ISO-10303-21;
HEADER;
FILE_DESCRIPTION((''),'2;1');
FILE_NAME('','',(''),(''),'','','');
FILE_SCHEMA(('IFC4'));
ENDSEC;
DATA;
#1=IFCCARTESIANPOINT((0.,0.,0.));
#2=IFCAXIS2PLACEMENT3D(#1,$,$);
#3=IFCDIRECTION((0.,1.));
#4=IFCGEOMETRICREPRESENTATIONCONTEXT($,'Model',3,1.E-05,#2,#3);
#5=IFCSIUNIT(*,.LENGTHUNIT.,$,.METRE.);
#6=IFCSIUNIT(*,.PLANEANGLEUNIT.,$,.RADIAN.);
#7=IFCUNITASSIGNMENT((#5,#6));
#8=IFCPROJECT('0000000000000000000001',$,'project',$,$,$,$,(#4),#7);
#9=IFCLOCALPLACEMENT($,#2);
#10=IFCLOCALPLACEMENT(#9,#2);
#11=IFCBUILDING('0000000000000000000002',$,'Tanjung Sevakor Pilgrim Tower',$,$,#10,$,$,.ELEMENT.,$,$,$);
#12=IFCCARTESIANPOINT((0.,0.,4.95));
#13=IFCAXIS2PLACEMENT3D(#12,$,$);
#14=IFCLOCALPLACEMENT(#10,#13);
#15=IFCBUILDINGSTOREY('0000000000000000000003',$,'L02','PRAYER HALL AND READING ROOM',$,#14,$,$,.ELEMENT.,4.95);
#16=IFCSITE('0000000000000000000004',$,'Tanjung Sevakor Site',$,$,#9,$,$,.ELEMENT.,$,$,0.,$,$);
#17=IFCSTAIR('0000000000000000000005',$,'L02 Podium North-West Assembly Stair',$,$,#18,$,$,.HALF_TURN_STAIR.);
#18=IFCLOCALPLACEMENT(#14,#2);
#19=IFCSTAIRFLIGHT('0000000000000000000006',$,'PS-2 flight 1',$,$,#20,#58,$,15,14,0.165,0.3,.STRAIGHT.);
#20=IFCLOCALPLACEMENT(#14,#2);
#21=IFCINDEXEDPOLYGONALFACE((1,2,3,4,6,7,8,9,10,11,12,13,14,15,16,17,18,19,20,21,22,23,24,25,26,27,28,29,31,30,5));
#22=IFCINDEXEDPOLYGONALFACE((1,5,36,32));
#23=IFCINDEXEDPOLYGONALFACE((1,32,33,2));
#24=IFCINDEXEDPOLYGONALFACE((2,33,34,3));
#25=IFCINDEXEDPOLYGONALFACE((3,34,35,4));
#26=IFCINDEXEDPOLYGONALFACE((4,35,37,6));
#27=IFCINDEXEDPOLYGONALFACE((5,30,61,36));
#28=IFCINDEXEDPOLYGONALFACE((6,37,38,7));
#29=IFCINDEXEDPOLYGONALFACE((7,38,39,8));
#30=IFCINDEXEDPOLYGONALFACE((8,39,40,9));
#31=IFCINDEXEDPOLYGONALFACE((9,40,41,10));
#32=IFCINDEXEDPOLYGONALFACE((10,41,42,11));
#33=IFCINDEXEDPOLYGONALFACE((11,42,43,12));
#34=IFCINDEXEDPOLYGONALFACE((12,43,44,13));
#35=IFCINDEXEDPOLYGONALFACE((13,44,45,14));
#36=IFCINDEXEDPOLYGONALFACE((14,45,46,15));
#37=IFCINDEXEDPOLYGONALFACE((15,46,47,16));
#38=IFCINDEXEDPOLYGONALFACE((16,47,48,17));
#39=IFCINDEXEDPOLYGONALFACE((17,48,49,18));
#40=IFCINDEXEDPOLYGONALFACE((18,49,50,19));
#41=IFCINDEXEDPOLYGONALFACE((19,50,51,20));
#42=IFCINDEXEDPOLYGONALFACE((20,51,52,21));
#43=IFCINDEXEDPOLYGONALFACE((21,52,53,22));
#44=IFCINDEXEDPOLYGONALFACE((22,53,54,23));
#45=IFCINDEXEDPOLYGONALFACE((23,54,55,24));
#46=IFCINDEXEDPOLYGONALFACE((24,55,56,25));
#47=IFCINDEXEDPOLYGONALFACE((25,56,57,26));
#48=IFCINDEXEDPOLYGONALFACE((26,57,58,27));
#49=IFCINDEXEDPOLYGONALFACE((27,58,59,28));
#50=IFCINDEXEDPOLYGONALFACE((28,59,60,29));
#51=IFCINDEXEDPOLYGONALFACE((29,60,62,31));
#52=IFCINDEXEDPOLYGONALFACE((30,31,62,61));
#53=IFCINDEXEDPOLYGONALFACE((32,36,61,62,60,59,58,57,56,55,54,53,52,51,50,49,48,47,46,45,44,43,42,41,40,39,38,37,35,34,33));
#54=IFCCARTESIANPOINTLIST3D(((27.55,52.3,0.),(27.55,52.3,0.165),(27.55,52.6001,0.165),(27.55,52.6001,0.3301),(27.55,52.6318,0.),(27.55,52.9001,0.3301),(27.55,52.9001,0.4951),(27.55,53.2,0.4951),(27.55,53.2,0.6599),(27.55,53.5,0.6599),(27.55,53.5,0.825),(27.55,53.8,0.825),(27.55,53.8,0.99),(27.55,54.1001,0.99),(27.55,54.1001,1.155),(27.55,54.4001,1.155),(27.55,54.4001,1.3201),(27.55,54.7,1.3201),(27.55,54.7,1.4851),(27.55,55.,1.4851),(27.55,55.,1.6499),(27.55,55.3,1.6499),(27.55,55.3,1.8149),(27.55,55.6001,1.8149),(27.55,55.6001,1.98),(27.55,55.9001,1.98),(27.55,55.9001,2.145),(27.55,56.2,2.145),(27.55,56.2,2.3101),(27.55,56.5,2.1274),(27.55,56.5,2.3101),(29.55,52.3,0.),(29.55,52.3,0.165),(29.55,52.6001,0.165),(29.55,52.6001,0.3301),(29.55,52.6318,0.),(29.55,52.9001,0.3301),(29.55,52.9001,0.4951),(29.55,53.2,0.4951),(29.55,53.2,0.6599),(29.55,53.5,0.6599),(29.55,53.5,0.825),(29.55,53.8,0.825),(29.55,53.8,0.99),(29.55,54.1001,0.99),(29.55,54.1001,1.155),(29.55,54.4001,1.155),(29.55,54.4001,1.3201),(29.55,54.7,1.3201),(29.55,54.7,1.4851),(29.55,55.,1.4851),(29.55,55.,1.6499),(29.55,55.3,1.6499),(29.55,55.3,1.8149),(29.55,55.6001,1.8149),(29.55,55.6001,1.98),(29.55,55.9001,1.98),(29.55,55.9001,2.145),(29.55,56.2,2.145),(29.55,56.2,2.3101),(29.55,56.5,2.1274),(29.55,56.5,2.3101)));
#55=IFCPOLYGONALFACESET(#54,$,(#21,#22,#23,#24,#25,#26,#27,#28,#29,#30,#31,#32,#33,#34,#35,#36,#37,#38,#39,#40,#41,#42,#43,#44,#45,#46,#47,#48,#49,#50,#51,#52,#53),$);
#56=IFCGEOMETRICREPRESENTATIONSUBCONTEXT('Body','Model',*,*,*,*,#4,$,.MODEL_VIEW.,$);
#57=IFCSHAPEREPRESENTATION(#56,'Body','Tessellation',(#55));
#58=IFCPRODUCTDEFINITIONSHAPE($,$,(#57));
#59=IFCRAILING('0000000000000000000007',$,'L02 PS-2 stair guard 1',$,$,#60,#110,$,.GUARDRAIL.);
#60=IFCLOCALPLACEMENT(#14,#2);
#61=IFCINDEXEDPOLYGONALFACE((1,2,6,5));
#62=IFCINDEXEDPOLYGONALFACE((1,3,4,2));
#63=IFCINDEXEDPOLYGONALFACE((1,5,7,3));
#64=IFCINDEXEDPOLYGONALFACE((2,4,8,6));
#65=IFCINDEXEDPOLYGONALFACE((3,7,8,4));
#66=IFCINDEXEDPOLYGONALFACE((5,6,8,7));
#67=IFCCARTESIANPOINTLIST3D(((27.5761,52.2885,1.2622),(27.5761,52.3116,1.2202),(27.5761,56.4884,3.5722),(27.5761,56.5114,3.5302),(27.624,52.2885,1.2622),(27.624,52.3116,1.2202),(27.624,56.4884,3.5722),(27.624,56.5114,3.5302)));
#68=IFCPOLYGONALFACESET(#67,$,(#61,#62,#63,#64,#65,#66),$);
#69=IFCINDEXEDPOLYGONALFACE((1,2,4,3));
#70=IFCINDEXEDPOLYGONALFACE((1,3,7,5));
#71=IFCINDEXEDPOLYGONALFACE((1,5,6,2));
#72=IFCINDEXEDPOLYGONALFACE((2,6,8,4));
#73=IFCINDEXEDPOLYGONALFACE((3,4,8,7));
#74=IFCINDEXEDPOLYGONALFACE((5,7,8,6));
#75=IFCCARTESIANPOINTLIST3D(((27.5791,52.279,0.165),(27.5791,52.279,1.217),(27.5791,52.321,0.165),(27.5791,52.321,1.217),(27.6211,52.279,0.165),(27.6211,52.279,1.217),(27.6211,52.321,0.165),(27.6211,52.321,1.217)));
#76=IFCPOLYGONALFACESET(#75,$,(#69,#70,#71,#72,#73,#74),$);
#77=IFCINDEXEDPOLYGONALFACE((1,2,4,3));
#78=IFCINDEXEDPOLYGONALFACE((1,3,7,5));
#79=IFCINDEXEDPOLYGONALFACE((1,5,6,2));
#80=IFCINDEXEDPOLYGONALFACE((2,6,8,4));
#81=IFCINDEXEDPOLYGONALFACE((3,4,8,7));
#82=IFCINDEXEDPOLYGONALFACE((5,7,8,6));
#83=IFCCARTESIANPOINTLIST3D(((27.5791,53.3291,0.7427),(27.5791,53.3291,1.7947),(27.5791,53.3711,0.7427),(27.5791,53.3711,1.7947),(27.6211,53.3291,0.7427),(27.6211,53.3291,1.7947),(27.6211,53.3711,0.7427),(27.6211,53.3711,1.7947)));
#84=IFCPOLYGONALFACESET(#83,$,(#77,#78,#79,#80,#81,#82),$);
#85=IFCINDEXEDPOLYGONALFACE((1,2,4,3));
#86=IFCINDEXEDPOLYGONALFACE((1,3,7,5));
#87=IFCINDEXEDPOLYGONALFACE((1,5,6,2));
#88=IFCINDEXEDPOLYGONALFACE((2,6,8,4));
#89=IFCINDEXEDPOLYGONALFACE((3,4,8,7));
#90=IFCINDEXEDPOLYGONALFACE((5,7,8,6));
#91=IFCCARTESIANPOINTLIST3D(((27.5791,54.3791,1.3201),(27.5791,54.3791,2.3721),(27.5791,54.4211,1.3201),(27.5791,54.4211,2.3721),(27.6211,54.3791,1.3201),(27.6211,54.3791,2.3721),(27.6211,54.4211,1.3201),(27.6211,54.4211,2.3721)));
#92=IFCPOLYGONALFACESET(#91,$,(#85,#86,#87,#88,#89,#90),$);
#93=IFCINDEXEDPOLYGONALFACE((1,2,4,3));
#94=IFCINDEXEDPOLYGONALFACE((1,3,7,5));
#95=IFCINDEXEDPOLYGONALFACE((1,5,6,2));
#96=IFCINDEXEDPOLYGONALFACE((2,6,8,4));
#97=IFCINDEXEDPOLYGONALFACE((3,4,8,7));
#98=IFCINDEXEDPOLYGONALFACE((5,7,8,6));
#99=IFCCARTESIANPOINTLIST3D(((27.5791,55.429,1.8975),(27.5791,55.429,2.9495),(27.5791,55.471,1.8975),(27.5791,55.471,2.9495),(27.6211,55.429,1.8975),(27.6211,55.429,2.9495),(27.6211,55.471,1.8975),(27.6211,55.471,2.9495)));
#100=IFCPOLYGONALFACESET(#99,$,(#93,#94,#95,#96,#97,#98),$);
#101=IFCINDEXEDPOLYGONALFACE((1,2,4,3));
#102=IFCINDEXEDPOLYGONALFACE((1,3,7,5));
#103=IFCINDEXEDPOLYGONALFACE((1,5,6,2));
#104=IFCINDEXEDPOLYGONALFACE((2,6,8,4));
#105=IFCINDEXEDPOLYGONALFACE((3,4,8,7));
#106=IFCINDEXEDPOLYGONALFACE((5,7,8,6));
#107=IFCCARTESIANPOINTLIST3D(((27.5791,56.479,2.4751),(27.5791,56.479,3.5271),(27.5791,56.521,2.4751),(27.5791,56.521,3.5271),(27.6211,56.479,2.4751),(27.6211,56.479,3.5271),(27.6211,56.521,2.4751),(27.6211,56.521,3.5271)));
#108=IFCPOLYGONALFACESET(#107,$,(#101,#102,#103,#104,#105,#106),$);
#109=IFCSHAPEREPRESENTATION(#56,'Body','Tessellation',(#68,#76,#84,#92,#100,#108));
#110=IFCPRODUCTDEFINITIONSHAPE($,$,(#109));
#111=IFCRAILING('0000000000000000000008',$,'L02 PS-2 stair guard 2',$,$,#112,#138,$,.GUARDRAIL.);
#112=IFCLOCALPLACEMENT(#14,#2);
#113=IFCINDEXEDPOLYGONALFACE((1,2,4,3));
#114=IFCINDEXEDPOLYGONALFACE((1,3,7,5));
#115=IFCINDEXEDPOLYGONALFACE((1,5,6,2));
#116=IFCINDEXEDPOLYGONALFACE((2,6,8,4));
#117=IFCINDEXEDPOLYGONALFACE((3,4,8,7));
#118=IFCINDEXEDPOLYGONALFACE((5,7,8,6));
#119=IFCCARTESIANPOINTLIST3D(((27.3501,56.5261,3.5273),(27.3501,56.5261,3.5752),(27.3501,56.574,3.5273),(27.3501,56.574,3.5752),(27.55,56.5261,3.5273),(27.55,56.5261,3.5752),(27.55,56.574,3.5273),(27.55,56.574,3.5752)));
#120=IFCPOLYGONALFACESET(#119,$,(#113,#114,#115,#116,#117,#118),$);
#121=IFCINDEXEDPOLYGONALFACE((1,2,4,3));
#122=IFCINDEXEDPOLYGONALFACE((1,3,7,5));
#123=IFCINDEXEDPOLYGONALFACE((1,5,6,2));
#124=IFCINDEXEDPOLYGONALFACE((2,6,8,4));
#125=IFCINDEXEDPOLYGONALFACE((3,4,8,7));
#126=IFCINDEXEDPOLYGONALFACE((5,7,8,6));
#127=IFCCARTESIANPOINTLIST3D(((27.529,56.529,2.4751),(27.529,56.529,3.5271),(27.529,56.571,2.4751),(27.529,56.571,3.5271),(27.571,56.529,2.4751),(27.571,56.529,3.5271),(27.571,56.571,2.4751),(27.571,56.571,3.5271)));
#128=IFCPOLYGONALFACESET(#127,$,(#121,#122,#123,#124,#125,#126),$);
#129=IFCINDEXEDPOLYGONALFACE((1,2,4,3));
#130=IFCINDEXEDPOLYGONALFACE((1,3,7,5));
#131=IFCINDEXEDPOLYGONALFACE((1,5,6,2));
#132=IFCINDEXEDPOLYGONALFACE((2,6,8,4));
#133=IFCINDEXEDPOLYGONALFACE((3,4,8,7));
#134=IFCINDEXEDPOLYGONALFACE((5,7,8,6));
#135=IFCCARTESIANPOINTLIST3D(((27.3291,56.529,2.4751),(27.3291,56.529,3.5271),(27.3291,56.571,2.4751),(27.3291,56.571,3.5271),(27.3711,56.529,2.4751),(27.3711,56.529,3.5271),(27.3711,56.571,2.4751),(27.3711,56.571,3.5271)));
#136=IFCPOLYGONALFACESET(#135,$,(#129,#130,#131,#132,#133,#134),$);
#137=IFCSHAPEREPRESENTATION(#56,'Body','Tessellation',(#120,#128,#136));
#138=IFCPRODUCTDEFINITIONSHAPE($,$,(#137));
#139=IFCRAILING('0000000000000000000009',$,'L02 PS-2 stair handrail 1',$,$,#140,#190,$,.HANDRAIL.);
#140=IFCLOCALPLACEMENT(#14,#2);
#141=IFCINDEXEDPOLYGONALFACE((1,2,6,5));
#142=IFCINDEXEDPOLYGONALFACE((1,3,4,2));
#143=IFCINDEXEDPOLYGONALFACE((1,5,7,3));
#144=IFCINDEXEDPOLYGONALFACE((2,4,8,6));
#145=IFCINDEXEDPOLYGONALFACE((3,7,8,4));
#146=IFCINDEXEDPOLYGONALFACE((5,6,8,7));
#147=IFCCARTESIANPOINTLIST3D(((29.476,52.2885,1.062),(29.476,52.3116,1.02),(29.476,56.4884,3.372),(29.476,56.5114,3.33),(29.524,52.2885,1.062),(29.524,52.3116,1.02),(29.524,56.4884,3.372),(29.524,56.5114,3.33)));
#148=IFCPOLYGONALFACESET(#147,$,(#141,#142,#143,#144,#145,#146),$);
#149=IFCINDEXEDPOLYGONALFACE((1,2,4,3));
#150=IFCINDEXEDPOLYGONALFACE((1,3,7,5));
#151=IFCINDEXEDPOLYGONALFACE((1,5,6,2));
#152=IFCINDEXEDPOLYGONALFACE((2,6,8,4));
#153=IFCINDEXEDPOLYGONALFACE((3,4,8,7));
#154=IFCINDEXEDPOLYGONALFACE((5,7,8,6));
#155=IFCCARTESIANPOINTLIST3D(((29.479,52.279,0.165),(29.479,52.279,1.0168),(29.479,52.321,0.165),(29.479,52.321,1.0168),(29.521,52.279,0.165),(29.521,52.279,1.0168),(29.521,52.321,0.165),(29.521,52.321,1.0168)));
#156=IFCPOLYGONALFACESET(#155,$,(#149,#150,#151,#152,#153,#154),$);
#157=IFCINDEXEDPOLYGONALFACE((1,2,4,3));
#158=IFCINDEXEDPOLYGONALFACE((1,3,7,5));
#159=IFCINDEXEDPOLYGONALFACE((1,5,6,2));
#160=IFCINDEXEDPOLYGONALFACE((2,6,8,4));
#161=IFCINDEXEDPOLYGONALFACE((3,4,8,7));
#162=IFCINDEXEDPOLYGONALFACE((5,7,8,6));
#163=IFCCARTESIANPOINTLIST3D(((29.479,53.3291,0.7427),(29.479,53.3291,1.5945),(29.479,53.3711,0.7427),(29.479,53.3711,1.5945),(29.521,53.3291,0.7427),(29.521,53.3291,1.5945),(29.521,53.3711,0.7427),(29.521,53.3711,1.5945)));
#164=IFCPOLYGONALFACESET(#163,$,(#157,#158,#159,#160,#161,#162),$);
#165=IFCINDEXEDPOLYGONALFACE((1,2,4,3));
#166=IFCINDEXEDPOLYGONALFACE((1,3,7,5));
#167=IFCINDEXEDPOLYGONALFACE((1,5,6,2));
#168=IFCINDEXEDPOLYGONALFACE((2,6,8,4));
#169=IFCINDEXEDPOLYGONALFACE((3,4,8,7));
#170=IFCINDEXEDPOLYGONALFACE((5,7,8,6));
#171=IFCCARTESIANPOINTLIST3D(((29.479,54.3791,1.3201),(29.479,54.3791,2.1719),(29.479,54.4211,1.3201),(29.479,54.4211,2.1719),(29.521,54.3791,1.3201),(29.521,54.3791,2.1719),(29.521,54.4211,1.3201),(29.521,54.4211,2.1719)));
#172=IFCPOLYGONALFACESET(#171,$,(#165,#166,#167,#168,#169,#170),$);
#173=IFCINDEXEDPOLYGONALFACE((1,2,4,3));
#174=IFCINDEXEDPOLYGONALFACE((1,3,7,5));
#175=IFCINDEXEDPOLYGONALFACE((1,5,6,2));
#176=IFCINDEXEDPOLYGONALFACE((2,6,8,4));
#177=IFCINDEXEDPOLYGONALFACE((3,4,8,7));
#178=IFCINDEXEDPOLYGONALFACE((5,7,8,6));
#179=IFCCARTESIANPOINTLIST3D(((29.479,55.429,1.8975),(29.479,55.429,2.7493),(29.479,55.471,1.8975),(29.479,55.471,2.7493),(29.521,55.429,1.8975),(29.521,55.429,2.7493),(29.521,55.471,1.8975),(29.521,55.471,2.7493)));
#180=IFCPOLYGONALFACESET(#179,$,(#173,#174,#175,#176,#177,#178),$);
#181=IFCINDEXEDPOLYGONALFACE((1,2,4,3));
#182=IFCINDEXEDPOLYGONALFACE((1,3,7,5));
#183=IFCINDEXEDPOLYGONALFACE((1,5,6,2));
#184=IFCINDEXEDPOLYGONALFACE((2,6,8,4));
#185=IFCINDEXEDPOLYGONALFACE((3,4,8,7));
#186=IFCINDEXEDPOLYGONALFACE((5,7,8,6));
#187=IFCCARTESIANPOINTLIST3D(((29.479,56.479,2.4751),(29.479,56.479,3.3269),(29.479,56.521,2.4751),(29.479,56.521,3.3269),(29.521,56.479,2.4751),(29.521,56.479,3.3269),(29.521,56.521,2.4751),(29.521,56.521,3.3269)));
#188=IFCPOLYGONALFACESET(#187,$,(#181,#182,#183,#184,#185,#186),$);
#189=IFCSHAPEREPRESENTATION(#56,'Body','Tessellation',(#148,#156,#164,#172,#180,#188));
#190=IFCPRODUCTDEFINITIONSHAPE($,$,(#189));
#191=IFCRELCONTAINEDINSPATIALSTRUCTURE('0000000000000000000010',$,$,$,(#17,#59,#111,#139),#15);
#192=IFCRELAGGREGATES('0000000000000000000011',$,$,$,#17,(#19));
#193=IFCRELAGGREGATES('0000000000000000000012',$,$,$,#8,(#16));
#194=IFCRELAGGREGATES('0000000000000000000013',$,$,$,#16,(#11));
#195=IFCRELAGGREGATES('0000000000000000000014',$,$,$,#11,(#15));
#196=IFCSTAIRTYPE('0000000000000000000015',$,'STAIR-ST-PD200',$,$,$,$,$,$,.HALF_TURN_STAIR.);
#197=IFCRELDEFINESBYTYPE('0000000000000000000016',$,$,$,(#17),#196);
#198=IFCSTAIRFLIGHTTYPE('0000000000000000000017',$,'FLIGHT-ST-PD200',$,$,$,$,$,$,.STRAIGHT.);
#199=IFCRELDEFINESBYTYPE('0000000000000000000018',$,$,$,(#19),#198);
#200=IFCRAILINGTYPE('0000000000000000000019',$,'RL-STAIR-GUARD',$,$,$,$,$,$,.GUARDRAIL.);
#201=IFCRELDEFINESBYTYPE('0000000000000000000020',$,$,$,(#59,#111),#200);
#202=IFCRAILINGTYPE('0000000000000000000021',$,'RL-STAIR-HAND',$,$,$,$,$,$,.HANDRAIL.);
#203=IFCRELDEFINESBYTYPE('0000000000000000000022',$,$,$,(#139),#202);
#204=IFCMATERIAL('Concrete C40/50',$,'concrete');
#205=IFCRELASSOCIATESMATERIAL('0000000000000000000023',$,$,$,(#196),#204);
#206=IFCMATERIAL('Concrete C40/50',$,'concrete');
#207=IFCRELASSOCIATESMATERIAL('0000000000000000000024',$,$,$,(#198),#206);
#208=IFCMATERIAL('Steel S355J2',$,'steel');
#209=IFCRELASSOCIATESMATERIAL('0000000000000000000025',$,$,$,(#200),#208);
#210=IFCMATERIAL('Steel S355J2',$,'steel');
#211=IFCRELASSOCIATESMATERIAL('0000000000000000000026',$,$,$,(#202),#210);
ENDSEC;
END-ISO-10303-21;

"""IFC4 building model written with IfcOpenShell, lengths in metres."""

from ifc_helpers import new_model, si_unit, direction, frame, origin, place, context, subcontext, project, spatial, polyline, rectangle, outline, extrude, material, type_object, element, aggregate, save


model = new_model("IFC4")

# Units and contexts
model_context = context("Model", 3, precision=1e-05, world=origin(), true_north=direction((0.0, 1.0)))
body_context = subcontext(model_context, "Body", "Model", "MODEL_VIEW")
ifc_project = project(units=[si_unit("LENGTHUNIT", "METRE"), si_unit("PLANEANGLEUNIT", "RADIAN")], contexts=[model_context])

# Site, building, storey
site_placement = place(None, origin())
site = spatial("IfcSite", under=ifc_project, at=site_placement, Name="Tanjung Sevakor Site", CompositionType="ELEMENT", RefElevation=0.0)
building_placement = place(site_placement, origin())
building = spatial("IfcBuilding", under=site, at=building_placement, Name="Tanjung Sevakor Pilgrim Tower", CompositionType="ELEMENT")
storey_placement = place(building_placement, frame((0.0, 0.0, 4.95)))
storey = spatial("IfcBuildingStorey", under=building, at=storey_placement, Name="L02", Description="PRAYER HALL AND READING ROOM", CompositionType="ELEMENT", Elevation=4.95)

# Stair, stair flight
ifc_material_1 = material(Name="Concrete C40/50", Category="concrete")
stair_type = type_object("IfcStairType", Name="STAIR-ST-PD200", PredefinedType="HALF_TURN_STAIR", material=ifc_material_1)
stair_placement = place(storey_placement, origin())
stair = element("IfcStair", 1, at=stair_placement, inside=storey, type_object=stair_type, Name="L02 Podium North-West Assembly Stair", PredefinedType="HALF_TURN_STAIR")
ifc_material_2 = material(Name="Concrete C40/50", Category="concrete")
stair_flight_type = type_object("IfcStairFlightType", Name="FLIGHT-ST-PD200", PredefinedType="STRAIGHT", material=ifc_material_2)
stair_flight_placement = place(storey_placement, frame((28.55, 52.3, 0.0), z_axis=(0.0, 0.0, 1.0), x_axis=(0.0, 1.0, 0.0)))
stair_flight = element("IfcStairFlight", 2, at=stair_flight_placement, type_object=stair_flight_type, Name="PS-2 flight 1", NumberOfRisers=15, NumberOfTreads=14, PredefinedType="STRAIGHT", RiserHeight=0.165, TreadLength=0.3, context=body_context, shape_type="SweptSolid", body=[
    extrude(outline(polyline([(0.0, 0.0), (0.0, 0.165), (0.3, 0.165), (0.3, 0.3301), (0.6001, 0.3301), (0.6001, 0.4951), (0.8999, 0.4951), (0.8999, 0.6599), (1.2, 0.6599), (1.2, 0.825), (1.5, 0.825), (1.5, 0.99), (1.8, 0.99), (1.8, 1.155), (2.1001, 1.155), (2.1001, 1.3201), (2.3999, 1.3201), (2.3999, 1.4851), (2.7, 1.4851), (2.7, 1.6499), (3.0, 1.6499), (3.0, 1.8149), (3.3, 1.8149), (3.3, 1.98), (3.6001, 1.98), (3.6001, 2.145), (3.8999, 2.145), (3.8999, 2.3101), (4.2, 2.3101), (4.2, 2.4751), (4.2, 2.1274), (0.3318, 0.0), (0.0, 0.0)])), frame((0.0, 1.0, 0.0), z_axis=(0.0, -1.0, 0.0), x_axis=(1.0, 0.0, 0.0)), (0.0, 0.0, 1.0), 2.0),
])
aggregate(stair, [stair_flight])

# Railings
ifc_material_3 = material(Name="Steel S355J2", Category="steel")
railing_type_1 = type_object("IfcRailingType", Name="RL-STAIR-GUARD", PredefinedType="GUARDRAIL", material=ifc_material_3)
railing_1_placement = place(storey_placement, frame((27.6001, 52.3, 0.165)))
element("IfcRailing", 3, at=railing_1_placement, inside=storey, type_object=railing_type_1, Name="L02 PS-2 stair guard 1", PredefinedType="GUARDRAIL", context=body_context, shape_type="SweptSolid", body=[
    extrude(rectangle(XDim=0.0479, YDim=0.0479), frame((0.0, 0.0, 1.0762), z_axis=(0.0, 0.876208, 0.481932), x_axis=(-1.0, 0.0, 0.0)), (0.0, 0.0, 1.0), 4.7932),
    extrude(rectangle(XDim=0.042, YDim=0.042), origin(), (0.0, 0.0, 1.0), 1.052),
    extrude(rectangle(XDim=0.042, YDim=0.042), frame((0.0, 1.05, 0.5776)), (0.0, 0.0, 1.0), 1.052),
    extrude(rectangle(XDim=0.042, YDim=0.042), frame((0.0, 2.1001, 1.155)), (0.0, 0.0, 1.0), 1.052),
    extrude(rectangle(XDim=0.042, YDim=0.042), frame((0.0, 3.1499, 1.7324)), (0.0, 0.0, 1.0), 1.052),
    extrude(rectangle(XDim=0.042, YDim=0.042), frame((0.0, 4.2, 2.3101)), (0.0, 0.0, 1.0), 1.052),
])
railing_2_placement = place(storey_placement, frame((27.55, 56.55, 2.4751)))
element("IfcRailing", 4, at=railing_2_placement, inside=storey, type_object=railing_type_1, Name="L02 PS-2 stair guard 2", PredefinedType="GUARDRAIL", context=body_context, shape_type="SweptSolid", body=[
    extrude(rectangle(XDim=0.0479, YDim=0.0479), frame((0.0, 0.0, 1.0762), z_axis=(-1.0, 0.0, 0.0), x_axis=(0.0, -1.0, 0.0)), (0.0, 0.0, 1.0), 0.2),
    extrude(rectangle(XDim=0.042, YDim=0.042), origin(), (0.0, 0.0, 1.0), 1.052),
    extrude(rectangle(XDim=0.042, YDim=0.042), frame((-0.2, 0.0, 0.0)), (0.0, 0.0, 1.0), 1.052),
])
ifc_material_4 = material(Name="Steel S355J2", Category="steel")
railing_type_2 = type_object("IfcRailingType", Name="RL-STAIR-HAND", PredefinedType="HANDRAIL", material=ifc_material_4)
railing_3_placement = place(storey_placement, frame((29.5, 52.3, 0.165)))
element("IfcRailing", 5, at=railing_3_placement, inside=storey, type_object=railing_type_2, Name="L02 PS-2 stair handrail 1", PredefinedType="HANDRAIL", context=body_context, shape_type="SweptSolid", body=[
    extrude(rectangle(XDim=0.0479, YDim=0.0479), frame((0.0, 0.0, 0.876), z_axis=(0.0, 0.876208, 0.481932), x_axis=(-1.0, 0.0, 0.0)), (0.0, 0.0, 1.0), 4.7932),
    extrude(rectangle(XDim=0.042, YDim=0.042), origin(), (0.0, 0.0, 1.0), 0.8518),
    extrude(rectangle(XDim=0.042, YDim=0.042), frame((0.0, 1.05, 0.5776)), (0.0, 0.0, 1.0), 0.8518),
    extrude(rectangle(XDim=0.042, YDim=0.042), frame((0.0, 2.1001, 1.155)), (0.0, 0.0, 1.0), 0.8518),
    extrude(rectangle(XDim=0.042, YDim=0.042), frame((0.0, 3.1499, 1.7324)), (0.0, 0.0, 1.0), 0.8518),
    extrude(rectangle(XDim=0.042, YDim=0.042), frame((0.0, 4.2, 2.3101)), (0.0, 0.0, 1.0), 0.8518),
])

save(model, "model.ifc")
